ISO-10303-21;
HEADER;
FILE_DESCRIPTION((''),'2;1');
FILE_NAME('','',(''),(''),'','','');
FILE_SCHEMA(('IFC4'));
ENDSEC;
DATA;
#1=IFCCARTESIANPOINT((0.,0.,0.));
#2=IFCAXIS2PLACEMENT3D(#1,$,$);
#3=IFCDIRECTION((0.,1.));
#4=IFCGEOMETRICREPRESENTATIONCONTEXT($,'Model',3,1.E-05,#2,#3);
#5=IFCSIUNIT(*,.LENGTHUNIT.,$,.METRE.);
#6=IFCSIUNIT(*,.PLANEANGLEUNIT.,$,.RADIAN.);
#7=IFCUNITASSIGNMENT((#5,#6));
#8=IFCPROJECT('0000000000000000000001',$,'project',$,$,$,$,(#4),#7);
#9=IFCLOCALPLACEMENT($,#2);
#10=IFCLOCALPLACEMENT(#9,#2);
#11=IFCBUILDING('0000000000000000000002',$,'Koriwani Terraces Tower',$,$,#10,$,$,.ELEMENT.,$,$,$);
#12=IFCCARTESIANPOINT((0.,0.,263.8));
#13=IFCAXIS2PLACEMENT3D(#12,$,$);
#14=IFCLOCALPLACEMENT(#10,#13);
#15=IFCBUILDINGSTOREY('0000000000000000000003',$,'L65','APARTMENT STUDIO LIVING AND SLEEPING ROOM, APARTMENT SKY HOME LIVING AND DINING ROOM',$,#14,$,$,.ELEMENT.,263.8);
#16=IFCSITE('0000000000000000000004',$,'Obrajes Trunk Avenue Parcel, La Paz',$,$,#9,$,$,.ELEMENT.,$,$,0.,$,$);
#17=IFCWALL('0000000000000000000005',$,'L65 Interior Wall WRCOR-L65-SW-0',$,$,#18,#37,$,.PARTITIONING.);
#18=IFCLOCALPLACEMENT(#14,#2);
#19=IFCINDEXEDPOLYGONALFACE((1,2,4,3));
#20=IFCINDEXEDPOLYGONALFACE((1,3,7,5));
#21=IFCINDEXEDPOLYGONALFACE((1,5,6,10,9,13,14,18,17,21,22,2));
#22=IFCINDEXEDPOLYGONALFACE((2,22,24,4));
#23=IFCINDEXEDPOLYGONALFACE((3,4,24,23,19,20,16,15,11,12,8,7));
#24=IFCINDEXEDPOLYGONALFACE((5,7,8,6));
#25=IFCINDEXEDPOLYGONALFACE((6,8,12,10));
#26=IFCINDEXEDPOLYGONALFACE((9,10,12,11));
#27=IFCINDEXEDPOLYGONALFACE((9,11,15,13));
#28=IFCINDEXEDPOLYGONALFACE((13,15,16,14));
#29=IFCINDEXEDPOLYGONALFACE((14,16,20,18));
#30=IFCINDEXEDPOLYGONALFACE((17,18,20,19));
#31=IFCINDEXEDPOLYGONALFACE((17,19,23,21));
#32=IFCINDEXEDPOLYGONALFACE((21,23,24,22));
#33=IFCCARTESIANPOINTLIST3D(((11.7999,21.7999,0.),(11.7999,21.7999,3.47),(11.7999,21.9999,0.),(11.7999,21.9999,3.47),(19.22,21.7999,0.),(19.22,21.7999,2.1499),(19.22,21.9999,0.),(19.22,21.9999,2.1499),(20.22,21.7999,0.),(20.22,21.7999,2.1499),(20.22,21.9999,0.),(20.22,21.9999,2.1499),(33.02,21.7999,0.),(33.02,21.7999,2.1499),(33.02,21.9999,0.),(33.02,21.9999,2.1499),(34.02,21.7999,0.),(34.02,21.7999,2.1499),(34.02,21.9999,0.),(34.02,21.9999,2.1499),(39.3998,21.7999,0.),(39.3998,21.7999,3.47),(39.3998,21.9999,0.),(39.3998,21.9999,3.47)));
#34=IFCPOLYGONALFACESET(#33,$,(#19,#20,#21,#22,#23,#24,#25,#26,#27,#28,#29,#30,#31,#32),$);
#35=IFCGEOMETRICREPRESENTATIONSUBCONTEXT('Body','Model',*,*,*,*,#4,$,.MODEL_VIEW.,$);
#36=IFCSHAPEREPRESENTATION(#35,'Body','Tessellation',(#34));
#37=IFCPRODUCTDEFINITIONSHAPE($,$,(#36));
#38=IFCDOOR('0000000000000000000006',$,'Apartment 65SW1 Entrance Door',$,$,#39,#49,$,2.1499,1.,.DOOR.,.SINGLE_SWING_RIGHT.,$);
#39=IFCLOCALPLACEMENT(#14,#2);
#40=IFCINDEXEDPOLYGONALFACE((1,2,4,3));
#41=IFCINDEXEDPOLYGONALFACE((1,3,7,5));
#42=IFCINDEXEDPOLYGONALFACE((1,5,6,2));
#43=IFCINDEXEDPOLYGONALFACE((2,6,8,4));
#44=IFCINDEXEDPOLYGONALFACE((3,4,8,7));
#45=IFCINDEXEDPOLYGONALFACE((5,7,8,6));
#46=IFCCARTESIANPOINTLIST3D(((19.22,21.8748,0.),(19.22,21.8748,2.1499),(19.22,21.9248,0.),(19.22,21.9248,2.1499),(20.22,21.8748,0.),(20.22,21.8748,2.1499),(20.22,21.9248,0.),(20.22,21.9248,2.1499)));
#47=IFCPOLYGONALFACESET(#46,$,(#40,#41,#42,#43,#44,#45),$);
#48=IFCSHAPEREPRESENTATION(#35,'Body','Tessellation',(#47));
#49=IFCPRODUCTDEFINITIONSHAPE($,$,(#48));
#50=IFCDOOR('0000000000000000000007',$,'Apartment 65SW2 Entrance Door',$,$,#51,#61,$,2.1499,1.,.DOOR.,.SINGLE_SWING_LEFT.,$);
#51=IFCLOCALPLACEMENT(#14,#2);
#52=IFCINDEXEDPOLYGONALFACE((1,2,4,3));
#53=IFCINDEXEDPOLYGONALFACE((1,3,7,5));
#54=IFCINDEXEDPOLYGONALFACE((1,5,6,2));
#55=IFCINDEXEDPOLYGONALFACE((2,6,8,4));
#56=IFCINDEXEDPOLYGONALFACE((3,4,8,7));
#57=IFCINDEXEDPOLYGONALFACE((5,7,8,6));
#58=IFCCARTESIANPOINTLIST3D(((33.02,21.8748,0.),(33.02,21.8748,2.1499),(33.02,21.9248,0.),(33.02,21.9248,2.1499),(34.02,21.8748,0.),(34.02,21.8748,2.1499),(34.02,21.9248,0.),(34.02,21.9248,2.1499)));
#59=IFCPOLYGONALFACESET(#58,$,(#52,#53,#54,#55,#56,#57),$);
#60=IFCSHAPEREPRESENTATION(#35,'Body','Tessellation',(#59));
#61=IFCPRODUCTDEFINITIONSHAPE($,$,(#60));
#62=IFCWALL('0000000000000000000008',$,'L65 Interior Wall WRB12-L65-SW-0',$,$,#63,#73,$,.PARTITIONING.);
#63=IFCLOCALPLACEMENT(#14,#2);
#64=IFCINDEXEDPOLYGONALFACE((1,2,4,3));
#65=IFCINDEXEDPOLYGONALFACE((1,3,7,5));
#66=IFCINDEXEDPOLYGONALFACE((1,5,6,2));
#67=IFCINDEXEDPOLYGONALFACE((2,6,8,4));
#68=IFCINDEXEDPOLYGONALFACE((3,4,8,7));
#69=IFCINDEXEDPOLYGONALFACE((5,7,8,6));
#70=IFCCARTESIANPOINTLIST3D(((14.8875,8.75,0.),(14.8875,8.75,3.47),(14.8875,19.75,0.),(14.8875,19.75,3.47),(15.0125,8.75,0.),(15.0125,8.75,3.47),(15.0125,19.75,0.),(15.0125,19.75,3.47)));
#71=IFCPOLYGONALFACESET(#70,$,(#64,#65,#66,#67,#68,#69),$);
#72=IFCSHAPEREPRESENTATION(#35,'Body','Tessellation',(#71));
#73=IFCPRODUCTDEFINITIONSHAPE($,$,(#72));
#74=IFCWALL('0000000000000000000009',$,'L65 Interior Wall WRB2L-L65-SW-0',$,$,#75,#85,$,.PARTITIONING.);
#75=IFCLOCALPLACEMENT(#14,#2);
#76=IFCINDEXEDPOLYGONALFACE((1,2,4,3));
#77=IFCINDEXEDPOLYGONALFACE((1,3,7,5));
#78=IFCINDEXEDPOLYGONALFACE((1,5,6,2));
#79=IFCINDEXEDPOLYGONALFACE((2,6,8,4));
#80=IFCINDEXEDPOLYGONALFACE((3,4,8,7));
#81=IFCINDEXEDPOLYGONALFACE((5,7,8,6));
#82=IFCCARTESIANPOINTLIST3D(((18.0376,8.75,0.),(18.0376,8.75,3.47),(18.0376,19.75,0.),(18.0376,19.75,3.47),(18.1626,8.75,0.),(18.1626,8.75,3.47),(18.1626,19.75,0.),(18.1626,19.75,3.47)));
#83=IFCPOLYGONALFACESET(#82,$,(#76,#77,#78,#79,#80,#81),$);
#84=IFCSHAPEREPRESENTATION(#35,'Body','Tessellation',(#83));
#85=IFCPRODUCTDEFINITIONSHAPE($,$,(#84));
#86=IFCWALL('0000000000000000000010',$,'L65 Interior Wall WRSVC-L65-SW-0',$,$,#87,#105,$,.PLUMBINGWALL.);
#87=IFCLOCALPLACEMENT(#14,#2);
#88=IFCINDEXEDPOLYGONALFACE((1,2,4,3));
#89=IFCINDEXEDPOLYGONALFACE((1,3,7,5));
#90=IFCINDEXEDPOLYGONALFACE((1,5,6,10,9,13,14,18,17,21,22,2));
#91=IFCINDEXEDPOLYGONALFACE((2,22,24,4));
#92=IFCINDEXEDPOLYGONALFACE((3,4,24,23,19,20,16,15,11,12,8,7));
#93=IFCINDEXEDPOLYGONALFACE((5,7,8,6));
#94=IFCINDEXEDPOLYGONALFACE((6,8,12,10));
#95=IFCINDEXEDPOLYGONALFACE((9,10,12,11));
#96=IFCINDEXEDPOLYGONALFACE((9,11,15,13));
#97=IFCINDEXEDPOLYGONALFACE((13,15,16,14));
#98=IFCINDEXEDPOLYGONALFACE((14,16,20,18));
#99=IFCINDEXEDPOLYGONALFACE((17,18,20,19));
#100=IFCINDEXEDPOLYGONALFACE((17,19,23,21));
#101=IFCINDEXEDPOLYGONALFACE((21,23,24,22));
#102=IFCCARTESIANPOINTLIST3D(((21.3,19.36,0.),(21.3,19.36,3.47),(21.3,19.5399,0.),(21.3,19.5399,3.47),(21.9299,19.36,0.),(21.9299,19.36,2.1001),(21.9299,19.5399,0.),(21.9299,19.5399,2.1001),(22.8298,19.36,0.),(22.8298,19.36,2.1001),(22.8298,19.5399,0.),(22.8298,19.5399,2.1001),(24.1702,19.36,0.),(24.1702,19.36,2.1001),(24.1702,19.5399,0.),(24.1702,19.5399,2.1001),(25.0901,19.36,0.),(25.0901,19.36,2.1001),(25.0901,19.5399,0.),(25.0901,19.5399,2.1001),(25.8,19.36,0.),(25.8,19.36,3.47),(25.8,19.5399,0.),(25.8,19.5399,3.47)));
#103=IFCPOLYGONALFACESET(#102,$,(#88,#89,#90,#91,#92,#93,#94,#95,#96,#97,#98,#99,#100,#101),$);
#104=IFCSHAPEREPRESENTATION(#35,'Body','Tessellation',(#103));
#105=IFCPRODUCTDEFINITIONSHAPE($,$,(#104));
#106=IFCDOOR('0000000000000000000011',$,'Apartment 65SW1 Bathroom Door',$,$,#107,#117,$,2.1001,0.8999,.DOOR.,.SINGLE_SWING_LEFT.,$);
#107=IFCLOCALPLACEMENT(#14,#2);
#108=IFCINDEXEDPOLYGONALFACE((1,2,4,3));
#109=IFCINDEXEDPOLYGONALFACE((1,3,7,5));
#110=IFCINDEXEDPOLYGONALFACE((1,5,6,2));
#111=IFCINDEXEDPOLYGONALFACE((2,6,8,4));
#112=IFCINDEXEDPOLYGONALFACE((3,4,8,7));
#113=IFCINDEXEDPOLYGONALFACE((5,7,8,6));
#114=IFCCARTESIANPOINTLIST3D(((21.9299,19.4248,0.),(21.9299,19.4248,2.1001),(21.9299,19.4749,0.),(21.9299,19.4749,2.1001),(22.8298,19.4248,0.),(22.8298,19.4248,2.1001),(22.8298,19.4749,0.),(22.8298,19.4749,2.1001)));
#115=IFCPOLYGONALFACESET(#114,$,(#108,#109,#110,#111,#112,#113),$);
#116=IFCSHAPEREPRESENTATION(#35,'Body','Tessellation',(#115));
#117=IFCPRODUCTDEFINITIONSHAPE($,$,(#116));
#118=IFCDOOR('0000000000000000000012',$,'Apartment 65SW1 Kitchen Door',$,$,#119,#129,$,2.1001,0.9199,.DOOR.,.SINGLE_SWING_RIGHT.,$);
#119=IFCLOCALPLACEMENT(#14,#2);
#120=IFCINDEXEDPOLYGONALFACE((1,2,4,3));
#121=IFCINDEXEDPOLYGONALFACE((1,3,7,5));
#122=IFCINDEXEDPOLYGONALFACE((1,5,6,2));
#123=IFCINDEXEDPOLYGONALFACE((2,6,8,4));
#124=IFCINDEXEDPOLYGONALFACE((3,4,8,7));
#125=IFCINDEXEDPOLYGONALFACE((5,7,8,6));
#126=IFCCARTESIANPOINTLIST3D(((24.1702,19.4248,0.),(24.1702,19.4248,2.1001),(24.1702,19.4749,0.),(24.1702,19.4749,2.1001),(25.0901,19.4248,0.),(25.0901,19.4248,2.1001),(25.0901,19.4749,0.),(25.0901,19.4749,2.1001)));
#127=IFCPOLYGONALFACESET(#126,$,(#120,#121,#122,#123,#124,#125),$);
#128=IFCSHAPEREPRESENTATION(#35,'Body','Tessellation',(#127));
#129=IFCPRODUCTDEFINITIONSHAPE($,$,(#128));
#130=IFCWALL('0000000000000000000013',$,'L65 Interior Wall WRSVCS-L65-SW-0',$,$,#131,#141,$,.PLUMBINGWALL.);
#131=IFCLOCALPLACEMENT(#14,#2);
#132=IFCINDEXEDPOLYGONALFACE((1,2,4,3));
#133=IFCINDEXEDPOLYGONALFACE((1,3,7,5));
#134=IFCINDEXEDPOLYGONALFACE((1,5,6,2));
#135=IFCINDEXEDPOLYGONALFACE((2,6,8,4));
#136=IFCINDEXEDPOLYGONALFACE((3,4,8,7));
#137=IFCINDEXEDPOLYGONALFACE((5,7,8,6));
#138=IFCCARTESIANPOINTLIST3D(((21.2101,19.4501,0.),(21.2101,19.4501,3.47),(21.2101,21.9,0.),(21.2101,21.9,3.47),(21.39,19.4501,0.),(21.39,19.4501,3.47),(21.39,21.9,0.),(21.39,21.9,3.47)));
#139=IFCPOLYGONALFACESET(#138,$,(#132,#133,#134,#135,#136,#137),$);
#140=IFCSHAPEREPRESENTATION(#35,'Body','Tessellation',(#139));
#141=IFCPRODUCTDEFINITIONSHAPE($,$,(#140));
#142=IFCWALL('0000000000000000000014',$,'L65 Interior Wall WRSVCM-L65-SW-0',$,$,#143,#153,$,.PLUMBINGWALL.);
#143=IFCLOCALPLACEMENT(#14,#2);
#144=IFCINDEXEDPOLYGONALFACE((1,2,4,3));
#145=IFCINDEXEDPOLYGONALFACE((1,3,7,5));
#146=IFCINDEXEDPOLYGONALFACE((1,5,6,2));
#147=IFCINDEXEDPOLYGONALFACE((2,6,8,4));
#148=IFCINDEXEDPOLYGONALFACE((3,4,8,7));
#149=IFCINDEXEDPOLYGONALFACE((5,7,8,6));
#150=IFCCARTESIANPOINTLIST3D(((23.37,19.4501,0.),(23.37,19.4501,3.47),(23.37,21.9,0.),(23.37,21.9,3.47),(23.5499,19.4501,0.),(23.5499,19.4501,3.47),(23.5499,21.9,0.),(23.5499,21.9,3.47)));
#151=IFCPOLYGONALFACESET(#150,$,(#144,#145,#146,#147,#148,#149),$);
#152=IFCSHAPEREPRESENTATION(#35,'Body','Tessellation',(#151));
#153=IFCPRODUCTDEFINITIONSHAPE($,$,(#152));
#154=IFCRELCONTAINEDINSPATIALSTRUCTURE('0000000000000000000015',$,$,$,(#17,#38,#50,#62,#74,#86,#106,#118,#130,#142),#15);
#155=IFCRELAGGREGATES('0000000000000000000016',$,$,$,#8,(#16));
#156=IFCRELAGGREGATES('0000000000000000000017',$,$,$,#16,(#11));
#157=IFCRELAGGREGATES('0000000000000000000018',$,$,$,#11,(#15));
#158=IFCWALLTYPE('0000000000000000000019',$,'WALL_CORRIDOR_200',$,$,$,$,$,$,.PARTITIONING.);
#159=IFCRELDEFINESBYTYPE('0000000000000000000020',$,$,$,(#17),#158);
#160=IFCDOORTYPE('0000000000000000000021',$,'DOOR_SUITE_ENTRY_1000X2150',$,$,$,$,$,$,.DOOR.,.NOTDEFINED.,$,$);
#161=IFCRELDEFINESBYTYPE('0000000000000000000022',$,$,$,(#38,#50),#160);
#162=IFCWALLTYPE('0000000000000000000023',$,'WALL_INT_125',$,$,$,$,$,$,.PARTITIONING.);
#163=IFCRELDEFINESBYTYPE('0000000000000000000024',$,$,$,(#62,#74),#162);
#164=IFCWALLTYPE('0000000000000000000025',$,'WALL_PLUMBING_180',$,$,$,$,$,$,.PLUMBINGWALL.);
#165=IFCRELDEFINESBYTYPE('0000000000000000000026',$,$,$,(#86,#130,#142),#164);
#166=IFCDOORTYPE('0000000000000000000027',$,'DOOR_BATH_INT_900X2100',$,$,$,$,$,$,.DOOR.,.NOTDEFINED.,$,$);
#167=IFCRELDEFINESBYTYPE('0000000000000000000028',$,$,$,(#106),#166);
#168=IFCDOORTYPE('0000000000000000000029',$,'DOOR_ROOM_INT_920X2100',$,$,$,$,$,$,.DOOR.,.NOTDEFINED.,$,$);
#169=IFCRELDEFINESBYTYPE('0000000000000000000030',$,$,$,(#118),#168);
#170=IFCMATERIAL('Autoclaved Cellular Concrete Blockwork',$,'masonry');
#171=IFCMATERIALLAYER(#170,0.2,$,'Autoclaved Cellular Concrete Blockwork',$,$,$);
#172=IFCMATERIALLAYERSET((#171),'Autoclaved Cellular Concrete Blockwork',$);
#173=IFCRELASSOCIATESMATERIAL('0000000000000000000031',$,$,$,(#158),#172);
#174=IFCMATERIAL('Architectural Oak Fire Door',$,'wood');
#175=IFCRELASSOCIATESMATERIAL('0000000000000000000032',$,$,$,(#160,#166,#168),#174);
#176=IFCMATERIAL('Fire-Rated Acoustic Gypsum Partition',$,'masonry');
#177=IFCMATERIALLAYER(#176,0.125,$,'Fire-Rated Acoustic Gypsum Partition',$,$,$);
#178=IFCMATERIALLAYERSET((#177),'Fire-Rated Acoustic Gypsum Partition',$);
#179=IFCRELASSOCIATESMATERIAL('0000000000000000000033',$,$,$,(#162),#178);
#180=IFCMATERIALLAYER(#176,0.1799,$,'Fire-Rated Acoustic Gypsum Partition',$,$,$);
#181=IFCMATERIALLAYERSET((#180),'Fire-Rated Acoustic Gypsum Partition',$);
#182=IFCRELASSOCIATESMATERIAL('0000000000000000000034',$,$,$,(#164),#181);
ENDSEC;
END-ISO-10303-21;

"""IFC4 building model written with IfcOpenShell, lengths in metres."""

from ifc_helpers import new_model, si_unit, direction, frame, frame_2d, origin, place, context, subcontext, project, spatial, rectangle, extrude, material, layer, layer_set, type_object, element, fill, save


model = new_model("IFC4")

# Units and contexts
model_context = context("Model", 3, precision=1e-05, world=origin(), true_north=direction((0.0, 1.0)))
body_context = subcontext(model_context, "Body", "Model", "MODEL_VIEW")
ifc_project = project(units=[si_unit("LENGTHUNIT", "METRE"), si_unit("PLANEANGLEUNIT", "RADIAN")], contexts=[model_context])

# Site, building, storey
site_placement = place(None, origin())
site = spatial("IfcSite", under=ifc_project, at=site_placement, Name="Obrajes Trunk Avenue Parcel, La Paz", CompositionType="ELEMENT", RefElevation=0.0)
building_placement = place(site_placement, origin())
building = spatial("IfcBuilding", under=site, at=building_placement, Name="Koriwani Terraces Tower", CompositionType="ELEMENT")
storey_placement = place(building_placement, frame((0.0, 0.0, 263.8)))
storey = spatial("IfcBuildingStorey", under=building, at=storey_placement, Name="L65", Description="APARTMENT STUDIO LIVING AND SLEEPING ROOM, APARTMENT SKY HOME LIVING AND DINING ROOM", CompositionType="ELEMENT", Elevation=263.8)

# Wall, openings, doors
ifc_material_1 = material(Name="Autoclaved Cellular Concrete Blockwork", Category="masonry")
ifc_layer_1 = layer(ifc_material_1, 0.2, Name="Autoclaved Cellular Concrete Blockwork")
ifc_layer_set_1 = layer_set([ifc_layer_1], Name="Autoclaved Cellular Concrete Blockwork")
wall_type_1 = type_object("IfcWallType", Name="WALL_CORRIDOR_200", PredefinedType="PARTITIONING", material=ifc_layer_set_1)
wall_1_placement = place(storey_placement, frame((11.8, 21.8999, 0.0), z_axis=(0.0, 0.0, 1.0), x_axis=(1.0, 0.0, 0.0)))
wall_1 = element("IfcWall", 1, at=wall_1_placement, inside=storey, type_object=wall_type_1, Name="L65 Interior Wall WRCOR-L65-SW-0", PredefinedType="PARTITIONING", context=body_context, shape_type="SweptSolid", body=[
    extrude(rectangle(XDim=27.5999, YDim=0.2, at=frame_2d((13.7998, 0.0))), origin(), (0.0, 0.0, 1.0), 3.47),
])
opening_1_placement = place(wall_1_placement, frame((7.4199, 0.0, 0.0)))
opening_1 = element("IfcOpeningElement", 2, at=opening_1_placement, cuts=wall_1, PredefinedType="OPENING", context=body_context, shape_type="SweptSolid", body=[
    extrude(rectangle(XDim=1.0, YDim=2.1499, at=frame_2d((0.5, 1.075))), frame((0.0, 0.1099, 0.0), z_axis=(0.0, -1.0, 0.0), x_axis=(1.0, 0.0, 0.0)), (0.0, 0.0, 1.0), 0.22),
])
opening_2_placement = place(wall_1_placement, frame((21.22, 0.0, 0.0)))
opening_2 = element("IfcOpeningElement", 3, at=opening_2_placement, cuts=wall_1, PredefinedType="OPENING", context=body_context, shape_type="SweptSolid", body=[
    extrude(rectangle(XDim=1.0, YDim=2.1499, at=frame_2d((0.5, 1.075))), frame((0.0, 0.1099, 0.0), z_axis=(0.0, -1.0, 0.0), x_axis=(1.0, 0.0, 0.0)), (0.0, 0.0, 1.0), 0.22),
])
ifc_material_2 = material(Name="Architectural Oak Fire Door", Category="wood")
door_type_1 = type_object("IfcDoorType", Name="DOOR_SUITE_ENTRY_1000X2150", OperationType="NOTDEFINED", PredefinedType="DOOR", material=ifc_material_2)
door_1_placement = place(opening_1_placement, origin())
door_1 = element("IfcDoor", 4, at=door_1_placement, inside=storey, type_object=door_type_1, Name="Apartment 65SW1 Entrance Door", OperationType="SINGLE_SWING_RIGHT", OverallHeight=2.1499, OverallWidth=1.0, PredefinedType="DOOR", context=body_context, shape_type="SweptSolid", body=[
    extrude(rectangle(XDim=1.0, YDim=2.1499, at=frame_2d((0.5, 1.075))), frame((0.0, 0.0249, 0.0), z_axis=(0.0, -1.0, 0.0), x_axis=(1.0, 0.0, 0.0)), (0.0, 0.0, 1.0), 0.05),
])
fill(opening_1, door_1)
door_2_placement = place(opening_2_placement, origin())
door_2 = element("IfcDoor", 5, at=door_2_placement, inside=storey, type_object=door_type_1, Name="Apartment 65SW2 Entrance Door", OperationType="SINGLE_SWING_LEFT", OverallHeight=2.1499, OverallWidth=1.0, PredefinedType="DOOR", context=body_context, shape_type="SweptSolid", body=[
    extrude(rectangle(XDim=1.0, YDim=2.1499, at=frame_2d((0.5, 1.075))), frame((0.0, 0.0249, 0.0), z_axis=(0.0, -1.0, 0.0), x_axis=(1.0, 0.0, 0.0)), (0.0, 0.0, 1.0), 0.05),
])
fill(opening_2, door_2)

# Walls
ifc_material_3 = material(Name="Fire-Rated Acoustic Gypsum Partition", Category="masonry")
ifc_layer_2 = layer(ifc_material_3, 0.125, Name="Fire-Rated Acoustic Gypsum Partition")
ifc_layer_set_2 = layer_set([ifc_layer_2], Name="Fire-Rated Acoustic Gypsum Partition")
wall_type_2 = type_object("IfcWallType", Name="WALL_INT_125", PredefinedType="PARTITIONING", material=ifc_layer_set_2)
for number, where, z_axis, x_axis, name in (
    (6, (14.95, 8.75, 0.0), (0.0, 0.0, 1.0), (0.0, 1.0, 0.0), "L65 Interior Wall WRB12-L65-SW-0"),
    (7, (18.1001, 8.75, 0.0), (0.0, 0.0, 1.0), (0.0, 1.0, 0.0), "L65 Interior Wall WRB2L-L65-SW-0"),
):
    element("IfcWall", number, at=place(storey_placement, frame(where, z_axis=z_axis, x_axis=x_axis)), inside=storey, type_object=wall_type_2, Name=name, PredefinedType="PARTITIONING", context=body_context, shape_type="SweptSolid", body=[
        extrude(rectangle(XDim=11.0, YDim=0.125, at=frame_2d((5.5, 0.0))), origin(), (0.0, 0.0, 1.0), 3.47),
    ])

# Wall, openings, doors
ifc_layer_3 = layer(ifc_material_3, 0.1799, Name="Fire-Rated Acoustic Gypsum Partition")
ifc_layer_set_3 = layer_set([ifc_layer_3], Name="Fire-Rated Acoustic Gypsum Partition")
wall_type_3 = type_object("IfcWallType", Name="WALL_PLUMBING_180", PredefinedType="PLUMBINGWALL", material=ifc_layer_set_3)
wall_2_placement = place(storey_placement, frame((21.3, 19.45, 0.0), z_axis=(0.0, 0.0, 1.0), x_axis=(1.0, 0.0, 0.0)))
wall_2 = element("IfcWall", 8, at=wall_2_placement, inside=storey, type_object=wall_type_3, Name="L65 Interior Wall WRSVC-L65-SW-0", PredefinedType="PLUMBINGWALL", context=body_context, shape_type="SweptSolid", body=[
    extrude(rectangle(XDim=4.5, YDim=0.1799, at=frame_2d((2.25, 0.0))), origin(), (0.0, 0.0, 1.0), 3.47),
])
opening_3_placement = place(wall_2_placement, frame((0.6299, 0.0, 0.0)))
opening_3 = element("IfcOpeningElement", 9, at=opening_3_placement, cuts=wall_2, PredefinedType="OPENING", context=body_context, shape_type="SweptSolid", body=[
    extrude(rectangle(XDim=0.8999, YDim=2.1001, at=frame_2d((0.45, 1.05))), frame((0.0, 0.1001, 0.0), z_axis=(0.0, -1.0, 0.0), x_axis=(1.0, 0.0, 0.0)), (0.0, 0.0, 1.0), 0.2),
])
opening_4_placement = place(wall_2_placement, frame((2.8701, 0.0, 0.0)))
opening_4 = element("IfcOpeningElement", 10, at=opening_4_placement, cuts=wall_2, PredefinedType="OPENING", context=body_context, shape_type="SweptSolid", body=[
    extrude(rectangle(XDim=0.9199, YDim=2.1001, at=frame_2d((0.46, 1.05))), frame((0.0, 0.1001, 0.0), z_axis=(0.0, -1.0, 0.0), x_axis=(1.0, 0.0, 0.0)), (0.0, 0.0, 1.0), 0.2),
])
door_type_2 = type_object("IfcDoorType", Name="DOOR_BATH_INT_900X2100", OperationType="NOTDEFINED", PredefinedType="DOOR", material=ifc_material_2)
door_3_placement = place(opening_3_placement, origin())
door_3 = element("IfcDoor", 11, at=door_3_placement, inside=storey, type_object=door_type_2, Name="Apartment 65SW1 Bathroom Door", OperationType="SINGLE_SWING_LEFT", OverallHeight=2.1001, OverallWidth=0.8999, PredefinedType="DOOR", context=body_context, shape_type="SweptSolid", body=[
    extrude(rectangle(XDim=0.8999, YDim=2.1001, at=frame_2d((0.45, 1.05))), frame((0.0, 0.0249, 0.0), z_axis=(0.0, -1.0, 0.0), x_axis=(1.0, 0.0, 0.0)), (0.0, 0.0, 1.0), 0.05),
])
fill(opening_3, door_3)
door_type_3 = type_object("IfcDoorType", Name="DOOR_ROOM_INT_920X2100", OperationType="NOTDEFINED", PredefinedType="DOOR", material=ifc_material_2)
door_4_placement = place(opening_4_placement, origin())
door_4 = element("IfcDoor", 12, at=door_4_placement, inside=storey, type_object=door_type_3, Name="Apartment 65SW1 Kitchen Door", OperationType="SINGLE_SWING_RIGHT", OverallHeight=2.1001, OverallWidth=0.9199, PredefinedType="DOOR", context=body_context, shape_type="SweptSolid", body=[
    extrude(rectangle(XDim=0.9199, YDim=2.1001, at=frame_2d((0.46, 1.05))), frame((0.0, 0.0249, 0.0), z_axis=(0.0, -1.0, 0.0), x_axis=(1.0, 0.0, 0.0)), (0.0, 0.0, 1.0), 0.05),
])
fill(opening_4, door_4)

# Walls
for number, where, z_axis, x_axis, name in (
    (13, (21.3, 19.45, 0.0), (0.0, 0.0, 1.0), (0.0, 1.0, 0.0), "L65 Interior Wall WRSVCS-L65-SW-0"),
    (14, (23.46, 19.45, 0.0), (0.0, 0.0, 1.0), (0.0, 1.0, 0.0), "L65 Interior Wall WRSVCM-L65-SW-0"),
):
    element("IfcWall", number, at=place(storey_placement, frame(where, z_axis=z_axis, x_axis=x_axis)), inside=storey, type_object=wall_type_3, Name=name, PredefinedType="PLUMBINGWALL", context=body_context, shape_type="SweptSolid", body=[
        extrude(rectangle(XDim=2.45, YDim=0.1799, at=frame_2d((1.2251, 0.0))), origin(), (0.0, 0.0, 1.0), 3.47),
    ])

save(model, "model.ifc")
